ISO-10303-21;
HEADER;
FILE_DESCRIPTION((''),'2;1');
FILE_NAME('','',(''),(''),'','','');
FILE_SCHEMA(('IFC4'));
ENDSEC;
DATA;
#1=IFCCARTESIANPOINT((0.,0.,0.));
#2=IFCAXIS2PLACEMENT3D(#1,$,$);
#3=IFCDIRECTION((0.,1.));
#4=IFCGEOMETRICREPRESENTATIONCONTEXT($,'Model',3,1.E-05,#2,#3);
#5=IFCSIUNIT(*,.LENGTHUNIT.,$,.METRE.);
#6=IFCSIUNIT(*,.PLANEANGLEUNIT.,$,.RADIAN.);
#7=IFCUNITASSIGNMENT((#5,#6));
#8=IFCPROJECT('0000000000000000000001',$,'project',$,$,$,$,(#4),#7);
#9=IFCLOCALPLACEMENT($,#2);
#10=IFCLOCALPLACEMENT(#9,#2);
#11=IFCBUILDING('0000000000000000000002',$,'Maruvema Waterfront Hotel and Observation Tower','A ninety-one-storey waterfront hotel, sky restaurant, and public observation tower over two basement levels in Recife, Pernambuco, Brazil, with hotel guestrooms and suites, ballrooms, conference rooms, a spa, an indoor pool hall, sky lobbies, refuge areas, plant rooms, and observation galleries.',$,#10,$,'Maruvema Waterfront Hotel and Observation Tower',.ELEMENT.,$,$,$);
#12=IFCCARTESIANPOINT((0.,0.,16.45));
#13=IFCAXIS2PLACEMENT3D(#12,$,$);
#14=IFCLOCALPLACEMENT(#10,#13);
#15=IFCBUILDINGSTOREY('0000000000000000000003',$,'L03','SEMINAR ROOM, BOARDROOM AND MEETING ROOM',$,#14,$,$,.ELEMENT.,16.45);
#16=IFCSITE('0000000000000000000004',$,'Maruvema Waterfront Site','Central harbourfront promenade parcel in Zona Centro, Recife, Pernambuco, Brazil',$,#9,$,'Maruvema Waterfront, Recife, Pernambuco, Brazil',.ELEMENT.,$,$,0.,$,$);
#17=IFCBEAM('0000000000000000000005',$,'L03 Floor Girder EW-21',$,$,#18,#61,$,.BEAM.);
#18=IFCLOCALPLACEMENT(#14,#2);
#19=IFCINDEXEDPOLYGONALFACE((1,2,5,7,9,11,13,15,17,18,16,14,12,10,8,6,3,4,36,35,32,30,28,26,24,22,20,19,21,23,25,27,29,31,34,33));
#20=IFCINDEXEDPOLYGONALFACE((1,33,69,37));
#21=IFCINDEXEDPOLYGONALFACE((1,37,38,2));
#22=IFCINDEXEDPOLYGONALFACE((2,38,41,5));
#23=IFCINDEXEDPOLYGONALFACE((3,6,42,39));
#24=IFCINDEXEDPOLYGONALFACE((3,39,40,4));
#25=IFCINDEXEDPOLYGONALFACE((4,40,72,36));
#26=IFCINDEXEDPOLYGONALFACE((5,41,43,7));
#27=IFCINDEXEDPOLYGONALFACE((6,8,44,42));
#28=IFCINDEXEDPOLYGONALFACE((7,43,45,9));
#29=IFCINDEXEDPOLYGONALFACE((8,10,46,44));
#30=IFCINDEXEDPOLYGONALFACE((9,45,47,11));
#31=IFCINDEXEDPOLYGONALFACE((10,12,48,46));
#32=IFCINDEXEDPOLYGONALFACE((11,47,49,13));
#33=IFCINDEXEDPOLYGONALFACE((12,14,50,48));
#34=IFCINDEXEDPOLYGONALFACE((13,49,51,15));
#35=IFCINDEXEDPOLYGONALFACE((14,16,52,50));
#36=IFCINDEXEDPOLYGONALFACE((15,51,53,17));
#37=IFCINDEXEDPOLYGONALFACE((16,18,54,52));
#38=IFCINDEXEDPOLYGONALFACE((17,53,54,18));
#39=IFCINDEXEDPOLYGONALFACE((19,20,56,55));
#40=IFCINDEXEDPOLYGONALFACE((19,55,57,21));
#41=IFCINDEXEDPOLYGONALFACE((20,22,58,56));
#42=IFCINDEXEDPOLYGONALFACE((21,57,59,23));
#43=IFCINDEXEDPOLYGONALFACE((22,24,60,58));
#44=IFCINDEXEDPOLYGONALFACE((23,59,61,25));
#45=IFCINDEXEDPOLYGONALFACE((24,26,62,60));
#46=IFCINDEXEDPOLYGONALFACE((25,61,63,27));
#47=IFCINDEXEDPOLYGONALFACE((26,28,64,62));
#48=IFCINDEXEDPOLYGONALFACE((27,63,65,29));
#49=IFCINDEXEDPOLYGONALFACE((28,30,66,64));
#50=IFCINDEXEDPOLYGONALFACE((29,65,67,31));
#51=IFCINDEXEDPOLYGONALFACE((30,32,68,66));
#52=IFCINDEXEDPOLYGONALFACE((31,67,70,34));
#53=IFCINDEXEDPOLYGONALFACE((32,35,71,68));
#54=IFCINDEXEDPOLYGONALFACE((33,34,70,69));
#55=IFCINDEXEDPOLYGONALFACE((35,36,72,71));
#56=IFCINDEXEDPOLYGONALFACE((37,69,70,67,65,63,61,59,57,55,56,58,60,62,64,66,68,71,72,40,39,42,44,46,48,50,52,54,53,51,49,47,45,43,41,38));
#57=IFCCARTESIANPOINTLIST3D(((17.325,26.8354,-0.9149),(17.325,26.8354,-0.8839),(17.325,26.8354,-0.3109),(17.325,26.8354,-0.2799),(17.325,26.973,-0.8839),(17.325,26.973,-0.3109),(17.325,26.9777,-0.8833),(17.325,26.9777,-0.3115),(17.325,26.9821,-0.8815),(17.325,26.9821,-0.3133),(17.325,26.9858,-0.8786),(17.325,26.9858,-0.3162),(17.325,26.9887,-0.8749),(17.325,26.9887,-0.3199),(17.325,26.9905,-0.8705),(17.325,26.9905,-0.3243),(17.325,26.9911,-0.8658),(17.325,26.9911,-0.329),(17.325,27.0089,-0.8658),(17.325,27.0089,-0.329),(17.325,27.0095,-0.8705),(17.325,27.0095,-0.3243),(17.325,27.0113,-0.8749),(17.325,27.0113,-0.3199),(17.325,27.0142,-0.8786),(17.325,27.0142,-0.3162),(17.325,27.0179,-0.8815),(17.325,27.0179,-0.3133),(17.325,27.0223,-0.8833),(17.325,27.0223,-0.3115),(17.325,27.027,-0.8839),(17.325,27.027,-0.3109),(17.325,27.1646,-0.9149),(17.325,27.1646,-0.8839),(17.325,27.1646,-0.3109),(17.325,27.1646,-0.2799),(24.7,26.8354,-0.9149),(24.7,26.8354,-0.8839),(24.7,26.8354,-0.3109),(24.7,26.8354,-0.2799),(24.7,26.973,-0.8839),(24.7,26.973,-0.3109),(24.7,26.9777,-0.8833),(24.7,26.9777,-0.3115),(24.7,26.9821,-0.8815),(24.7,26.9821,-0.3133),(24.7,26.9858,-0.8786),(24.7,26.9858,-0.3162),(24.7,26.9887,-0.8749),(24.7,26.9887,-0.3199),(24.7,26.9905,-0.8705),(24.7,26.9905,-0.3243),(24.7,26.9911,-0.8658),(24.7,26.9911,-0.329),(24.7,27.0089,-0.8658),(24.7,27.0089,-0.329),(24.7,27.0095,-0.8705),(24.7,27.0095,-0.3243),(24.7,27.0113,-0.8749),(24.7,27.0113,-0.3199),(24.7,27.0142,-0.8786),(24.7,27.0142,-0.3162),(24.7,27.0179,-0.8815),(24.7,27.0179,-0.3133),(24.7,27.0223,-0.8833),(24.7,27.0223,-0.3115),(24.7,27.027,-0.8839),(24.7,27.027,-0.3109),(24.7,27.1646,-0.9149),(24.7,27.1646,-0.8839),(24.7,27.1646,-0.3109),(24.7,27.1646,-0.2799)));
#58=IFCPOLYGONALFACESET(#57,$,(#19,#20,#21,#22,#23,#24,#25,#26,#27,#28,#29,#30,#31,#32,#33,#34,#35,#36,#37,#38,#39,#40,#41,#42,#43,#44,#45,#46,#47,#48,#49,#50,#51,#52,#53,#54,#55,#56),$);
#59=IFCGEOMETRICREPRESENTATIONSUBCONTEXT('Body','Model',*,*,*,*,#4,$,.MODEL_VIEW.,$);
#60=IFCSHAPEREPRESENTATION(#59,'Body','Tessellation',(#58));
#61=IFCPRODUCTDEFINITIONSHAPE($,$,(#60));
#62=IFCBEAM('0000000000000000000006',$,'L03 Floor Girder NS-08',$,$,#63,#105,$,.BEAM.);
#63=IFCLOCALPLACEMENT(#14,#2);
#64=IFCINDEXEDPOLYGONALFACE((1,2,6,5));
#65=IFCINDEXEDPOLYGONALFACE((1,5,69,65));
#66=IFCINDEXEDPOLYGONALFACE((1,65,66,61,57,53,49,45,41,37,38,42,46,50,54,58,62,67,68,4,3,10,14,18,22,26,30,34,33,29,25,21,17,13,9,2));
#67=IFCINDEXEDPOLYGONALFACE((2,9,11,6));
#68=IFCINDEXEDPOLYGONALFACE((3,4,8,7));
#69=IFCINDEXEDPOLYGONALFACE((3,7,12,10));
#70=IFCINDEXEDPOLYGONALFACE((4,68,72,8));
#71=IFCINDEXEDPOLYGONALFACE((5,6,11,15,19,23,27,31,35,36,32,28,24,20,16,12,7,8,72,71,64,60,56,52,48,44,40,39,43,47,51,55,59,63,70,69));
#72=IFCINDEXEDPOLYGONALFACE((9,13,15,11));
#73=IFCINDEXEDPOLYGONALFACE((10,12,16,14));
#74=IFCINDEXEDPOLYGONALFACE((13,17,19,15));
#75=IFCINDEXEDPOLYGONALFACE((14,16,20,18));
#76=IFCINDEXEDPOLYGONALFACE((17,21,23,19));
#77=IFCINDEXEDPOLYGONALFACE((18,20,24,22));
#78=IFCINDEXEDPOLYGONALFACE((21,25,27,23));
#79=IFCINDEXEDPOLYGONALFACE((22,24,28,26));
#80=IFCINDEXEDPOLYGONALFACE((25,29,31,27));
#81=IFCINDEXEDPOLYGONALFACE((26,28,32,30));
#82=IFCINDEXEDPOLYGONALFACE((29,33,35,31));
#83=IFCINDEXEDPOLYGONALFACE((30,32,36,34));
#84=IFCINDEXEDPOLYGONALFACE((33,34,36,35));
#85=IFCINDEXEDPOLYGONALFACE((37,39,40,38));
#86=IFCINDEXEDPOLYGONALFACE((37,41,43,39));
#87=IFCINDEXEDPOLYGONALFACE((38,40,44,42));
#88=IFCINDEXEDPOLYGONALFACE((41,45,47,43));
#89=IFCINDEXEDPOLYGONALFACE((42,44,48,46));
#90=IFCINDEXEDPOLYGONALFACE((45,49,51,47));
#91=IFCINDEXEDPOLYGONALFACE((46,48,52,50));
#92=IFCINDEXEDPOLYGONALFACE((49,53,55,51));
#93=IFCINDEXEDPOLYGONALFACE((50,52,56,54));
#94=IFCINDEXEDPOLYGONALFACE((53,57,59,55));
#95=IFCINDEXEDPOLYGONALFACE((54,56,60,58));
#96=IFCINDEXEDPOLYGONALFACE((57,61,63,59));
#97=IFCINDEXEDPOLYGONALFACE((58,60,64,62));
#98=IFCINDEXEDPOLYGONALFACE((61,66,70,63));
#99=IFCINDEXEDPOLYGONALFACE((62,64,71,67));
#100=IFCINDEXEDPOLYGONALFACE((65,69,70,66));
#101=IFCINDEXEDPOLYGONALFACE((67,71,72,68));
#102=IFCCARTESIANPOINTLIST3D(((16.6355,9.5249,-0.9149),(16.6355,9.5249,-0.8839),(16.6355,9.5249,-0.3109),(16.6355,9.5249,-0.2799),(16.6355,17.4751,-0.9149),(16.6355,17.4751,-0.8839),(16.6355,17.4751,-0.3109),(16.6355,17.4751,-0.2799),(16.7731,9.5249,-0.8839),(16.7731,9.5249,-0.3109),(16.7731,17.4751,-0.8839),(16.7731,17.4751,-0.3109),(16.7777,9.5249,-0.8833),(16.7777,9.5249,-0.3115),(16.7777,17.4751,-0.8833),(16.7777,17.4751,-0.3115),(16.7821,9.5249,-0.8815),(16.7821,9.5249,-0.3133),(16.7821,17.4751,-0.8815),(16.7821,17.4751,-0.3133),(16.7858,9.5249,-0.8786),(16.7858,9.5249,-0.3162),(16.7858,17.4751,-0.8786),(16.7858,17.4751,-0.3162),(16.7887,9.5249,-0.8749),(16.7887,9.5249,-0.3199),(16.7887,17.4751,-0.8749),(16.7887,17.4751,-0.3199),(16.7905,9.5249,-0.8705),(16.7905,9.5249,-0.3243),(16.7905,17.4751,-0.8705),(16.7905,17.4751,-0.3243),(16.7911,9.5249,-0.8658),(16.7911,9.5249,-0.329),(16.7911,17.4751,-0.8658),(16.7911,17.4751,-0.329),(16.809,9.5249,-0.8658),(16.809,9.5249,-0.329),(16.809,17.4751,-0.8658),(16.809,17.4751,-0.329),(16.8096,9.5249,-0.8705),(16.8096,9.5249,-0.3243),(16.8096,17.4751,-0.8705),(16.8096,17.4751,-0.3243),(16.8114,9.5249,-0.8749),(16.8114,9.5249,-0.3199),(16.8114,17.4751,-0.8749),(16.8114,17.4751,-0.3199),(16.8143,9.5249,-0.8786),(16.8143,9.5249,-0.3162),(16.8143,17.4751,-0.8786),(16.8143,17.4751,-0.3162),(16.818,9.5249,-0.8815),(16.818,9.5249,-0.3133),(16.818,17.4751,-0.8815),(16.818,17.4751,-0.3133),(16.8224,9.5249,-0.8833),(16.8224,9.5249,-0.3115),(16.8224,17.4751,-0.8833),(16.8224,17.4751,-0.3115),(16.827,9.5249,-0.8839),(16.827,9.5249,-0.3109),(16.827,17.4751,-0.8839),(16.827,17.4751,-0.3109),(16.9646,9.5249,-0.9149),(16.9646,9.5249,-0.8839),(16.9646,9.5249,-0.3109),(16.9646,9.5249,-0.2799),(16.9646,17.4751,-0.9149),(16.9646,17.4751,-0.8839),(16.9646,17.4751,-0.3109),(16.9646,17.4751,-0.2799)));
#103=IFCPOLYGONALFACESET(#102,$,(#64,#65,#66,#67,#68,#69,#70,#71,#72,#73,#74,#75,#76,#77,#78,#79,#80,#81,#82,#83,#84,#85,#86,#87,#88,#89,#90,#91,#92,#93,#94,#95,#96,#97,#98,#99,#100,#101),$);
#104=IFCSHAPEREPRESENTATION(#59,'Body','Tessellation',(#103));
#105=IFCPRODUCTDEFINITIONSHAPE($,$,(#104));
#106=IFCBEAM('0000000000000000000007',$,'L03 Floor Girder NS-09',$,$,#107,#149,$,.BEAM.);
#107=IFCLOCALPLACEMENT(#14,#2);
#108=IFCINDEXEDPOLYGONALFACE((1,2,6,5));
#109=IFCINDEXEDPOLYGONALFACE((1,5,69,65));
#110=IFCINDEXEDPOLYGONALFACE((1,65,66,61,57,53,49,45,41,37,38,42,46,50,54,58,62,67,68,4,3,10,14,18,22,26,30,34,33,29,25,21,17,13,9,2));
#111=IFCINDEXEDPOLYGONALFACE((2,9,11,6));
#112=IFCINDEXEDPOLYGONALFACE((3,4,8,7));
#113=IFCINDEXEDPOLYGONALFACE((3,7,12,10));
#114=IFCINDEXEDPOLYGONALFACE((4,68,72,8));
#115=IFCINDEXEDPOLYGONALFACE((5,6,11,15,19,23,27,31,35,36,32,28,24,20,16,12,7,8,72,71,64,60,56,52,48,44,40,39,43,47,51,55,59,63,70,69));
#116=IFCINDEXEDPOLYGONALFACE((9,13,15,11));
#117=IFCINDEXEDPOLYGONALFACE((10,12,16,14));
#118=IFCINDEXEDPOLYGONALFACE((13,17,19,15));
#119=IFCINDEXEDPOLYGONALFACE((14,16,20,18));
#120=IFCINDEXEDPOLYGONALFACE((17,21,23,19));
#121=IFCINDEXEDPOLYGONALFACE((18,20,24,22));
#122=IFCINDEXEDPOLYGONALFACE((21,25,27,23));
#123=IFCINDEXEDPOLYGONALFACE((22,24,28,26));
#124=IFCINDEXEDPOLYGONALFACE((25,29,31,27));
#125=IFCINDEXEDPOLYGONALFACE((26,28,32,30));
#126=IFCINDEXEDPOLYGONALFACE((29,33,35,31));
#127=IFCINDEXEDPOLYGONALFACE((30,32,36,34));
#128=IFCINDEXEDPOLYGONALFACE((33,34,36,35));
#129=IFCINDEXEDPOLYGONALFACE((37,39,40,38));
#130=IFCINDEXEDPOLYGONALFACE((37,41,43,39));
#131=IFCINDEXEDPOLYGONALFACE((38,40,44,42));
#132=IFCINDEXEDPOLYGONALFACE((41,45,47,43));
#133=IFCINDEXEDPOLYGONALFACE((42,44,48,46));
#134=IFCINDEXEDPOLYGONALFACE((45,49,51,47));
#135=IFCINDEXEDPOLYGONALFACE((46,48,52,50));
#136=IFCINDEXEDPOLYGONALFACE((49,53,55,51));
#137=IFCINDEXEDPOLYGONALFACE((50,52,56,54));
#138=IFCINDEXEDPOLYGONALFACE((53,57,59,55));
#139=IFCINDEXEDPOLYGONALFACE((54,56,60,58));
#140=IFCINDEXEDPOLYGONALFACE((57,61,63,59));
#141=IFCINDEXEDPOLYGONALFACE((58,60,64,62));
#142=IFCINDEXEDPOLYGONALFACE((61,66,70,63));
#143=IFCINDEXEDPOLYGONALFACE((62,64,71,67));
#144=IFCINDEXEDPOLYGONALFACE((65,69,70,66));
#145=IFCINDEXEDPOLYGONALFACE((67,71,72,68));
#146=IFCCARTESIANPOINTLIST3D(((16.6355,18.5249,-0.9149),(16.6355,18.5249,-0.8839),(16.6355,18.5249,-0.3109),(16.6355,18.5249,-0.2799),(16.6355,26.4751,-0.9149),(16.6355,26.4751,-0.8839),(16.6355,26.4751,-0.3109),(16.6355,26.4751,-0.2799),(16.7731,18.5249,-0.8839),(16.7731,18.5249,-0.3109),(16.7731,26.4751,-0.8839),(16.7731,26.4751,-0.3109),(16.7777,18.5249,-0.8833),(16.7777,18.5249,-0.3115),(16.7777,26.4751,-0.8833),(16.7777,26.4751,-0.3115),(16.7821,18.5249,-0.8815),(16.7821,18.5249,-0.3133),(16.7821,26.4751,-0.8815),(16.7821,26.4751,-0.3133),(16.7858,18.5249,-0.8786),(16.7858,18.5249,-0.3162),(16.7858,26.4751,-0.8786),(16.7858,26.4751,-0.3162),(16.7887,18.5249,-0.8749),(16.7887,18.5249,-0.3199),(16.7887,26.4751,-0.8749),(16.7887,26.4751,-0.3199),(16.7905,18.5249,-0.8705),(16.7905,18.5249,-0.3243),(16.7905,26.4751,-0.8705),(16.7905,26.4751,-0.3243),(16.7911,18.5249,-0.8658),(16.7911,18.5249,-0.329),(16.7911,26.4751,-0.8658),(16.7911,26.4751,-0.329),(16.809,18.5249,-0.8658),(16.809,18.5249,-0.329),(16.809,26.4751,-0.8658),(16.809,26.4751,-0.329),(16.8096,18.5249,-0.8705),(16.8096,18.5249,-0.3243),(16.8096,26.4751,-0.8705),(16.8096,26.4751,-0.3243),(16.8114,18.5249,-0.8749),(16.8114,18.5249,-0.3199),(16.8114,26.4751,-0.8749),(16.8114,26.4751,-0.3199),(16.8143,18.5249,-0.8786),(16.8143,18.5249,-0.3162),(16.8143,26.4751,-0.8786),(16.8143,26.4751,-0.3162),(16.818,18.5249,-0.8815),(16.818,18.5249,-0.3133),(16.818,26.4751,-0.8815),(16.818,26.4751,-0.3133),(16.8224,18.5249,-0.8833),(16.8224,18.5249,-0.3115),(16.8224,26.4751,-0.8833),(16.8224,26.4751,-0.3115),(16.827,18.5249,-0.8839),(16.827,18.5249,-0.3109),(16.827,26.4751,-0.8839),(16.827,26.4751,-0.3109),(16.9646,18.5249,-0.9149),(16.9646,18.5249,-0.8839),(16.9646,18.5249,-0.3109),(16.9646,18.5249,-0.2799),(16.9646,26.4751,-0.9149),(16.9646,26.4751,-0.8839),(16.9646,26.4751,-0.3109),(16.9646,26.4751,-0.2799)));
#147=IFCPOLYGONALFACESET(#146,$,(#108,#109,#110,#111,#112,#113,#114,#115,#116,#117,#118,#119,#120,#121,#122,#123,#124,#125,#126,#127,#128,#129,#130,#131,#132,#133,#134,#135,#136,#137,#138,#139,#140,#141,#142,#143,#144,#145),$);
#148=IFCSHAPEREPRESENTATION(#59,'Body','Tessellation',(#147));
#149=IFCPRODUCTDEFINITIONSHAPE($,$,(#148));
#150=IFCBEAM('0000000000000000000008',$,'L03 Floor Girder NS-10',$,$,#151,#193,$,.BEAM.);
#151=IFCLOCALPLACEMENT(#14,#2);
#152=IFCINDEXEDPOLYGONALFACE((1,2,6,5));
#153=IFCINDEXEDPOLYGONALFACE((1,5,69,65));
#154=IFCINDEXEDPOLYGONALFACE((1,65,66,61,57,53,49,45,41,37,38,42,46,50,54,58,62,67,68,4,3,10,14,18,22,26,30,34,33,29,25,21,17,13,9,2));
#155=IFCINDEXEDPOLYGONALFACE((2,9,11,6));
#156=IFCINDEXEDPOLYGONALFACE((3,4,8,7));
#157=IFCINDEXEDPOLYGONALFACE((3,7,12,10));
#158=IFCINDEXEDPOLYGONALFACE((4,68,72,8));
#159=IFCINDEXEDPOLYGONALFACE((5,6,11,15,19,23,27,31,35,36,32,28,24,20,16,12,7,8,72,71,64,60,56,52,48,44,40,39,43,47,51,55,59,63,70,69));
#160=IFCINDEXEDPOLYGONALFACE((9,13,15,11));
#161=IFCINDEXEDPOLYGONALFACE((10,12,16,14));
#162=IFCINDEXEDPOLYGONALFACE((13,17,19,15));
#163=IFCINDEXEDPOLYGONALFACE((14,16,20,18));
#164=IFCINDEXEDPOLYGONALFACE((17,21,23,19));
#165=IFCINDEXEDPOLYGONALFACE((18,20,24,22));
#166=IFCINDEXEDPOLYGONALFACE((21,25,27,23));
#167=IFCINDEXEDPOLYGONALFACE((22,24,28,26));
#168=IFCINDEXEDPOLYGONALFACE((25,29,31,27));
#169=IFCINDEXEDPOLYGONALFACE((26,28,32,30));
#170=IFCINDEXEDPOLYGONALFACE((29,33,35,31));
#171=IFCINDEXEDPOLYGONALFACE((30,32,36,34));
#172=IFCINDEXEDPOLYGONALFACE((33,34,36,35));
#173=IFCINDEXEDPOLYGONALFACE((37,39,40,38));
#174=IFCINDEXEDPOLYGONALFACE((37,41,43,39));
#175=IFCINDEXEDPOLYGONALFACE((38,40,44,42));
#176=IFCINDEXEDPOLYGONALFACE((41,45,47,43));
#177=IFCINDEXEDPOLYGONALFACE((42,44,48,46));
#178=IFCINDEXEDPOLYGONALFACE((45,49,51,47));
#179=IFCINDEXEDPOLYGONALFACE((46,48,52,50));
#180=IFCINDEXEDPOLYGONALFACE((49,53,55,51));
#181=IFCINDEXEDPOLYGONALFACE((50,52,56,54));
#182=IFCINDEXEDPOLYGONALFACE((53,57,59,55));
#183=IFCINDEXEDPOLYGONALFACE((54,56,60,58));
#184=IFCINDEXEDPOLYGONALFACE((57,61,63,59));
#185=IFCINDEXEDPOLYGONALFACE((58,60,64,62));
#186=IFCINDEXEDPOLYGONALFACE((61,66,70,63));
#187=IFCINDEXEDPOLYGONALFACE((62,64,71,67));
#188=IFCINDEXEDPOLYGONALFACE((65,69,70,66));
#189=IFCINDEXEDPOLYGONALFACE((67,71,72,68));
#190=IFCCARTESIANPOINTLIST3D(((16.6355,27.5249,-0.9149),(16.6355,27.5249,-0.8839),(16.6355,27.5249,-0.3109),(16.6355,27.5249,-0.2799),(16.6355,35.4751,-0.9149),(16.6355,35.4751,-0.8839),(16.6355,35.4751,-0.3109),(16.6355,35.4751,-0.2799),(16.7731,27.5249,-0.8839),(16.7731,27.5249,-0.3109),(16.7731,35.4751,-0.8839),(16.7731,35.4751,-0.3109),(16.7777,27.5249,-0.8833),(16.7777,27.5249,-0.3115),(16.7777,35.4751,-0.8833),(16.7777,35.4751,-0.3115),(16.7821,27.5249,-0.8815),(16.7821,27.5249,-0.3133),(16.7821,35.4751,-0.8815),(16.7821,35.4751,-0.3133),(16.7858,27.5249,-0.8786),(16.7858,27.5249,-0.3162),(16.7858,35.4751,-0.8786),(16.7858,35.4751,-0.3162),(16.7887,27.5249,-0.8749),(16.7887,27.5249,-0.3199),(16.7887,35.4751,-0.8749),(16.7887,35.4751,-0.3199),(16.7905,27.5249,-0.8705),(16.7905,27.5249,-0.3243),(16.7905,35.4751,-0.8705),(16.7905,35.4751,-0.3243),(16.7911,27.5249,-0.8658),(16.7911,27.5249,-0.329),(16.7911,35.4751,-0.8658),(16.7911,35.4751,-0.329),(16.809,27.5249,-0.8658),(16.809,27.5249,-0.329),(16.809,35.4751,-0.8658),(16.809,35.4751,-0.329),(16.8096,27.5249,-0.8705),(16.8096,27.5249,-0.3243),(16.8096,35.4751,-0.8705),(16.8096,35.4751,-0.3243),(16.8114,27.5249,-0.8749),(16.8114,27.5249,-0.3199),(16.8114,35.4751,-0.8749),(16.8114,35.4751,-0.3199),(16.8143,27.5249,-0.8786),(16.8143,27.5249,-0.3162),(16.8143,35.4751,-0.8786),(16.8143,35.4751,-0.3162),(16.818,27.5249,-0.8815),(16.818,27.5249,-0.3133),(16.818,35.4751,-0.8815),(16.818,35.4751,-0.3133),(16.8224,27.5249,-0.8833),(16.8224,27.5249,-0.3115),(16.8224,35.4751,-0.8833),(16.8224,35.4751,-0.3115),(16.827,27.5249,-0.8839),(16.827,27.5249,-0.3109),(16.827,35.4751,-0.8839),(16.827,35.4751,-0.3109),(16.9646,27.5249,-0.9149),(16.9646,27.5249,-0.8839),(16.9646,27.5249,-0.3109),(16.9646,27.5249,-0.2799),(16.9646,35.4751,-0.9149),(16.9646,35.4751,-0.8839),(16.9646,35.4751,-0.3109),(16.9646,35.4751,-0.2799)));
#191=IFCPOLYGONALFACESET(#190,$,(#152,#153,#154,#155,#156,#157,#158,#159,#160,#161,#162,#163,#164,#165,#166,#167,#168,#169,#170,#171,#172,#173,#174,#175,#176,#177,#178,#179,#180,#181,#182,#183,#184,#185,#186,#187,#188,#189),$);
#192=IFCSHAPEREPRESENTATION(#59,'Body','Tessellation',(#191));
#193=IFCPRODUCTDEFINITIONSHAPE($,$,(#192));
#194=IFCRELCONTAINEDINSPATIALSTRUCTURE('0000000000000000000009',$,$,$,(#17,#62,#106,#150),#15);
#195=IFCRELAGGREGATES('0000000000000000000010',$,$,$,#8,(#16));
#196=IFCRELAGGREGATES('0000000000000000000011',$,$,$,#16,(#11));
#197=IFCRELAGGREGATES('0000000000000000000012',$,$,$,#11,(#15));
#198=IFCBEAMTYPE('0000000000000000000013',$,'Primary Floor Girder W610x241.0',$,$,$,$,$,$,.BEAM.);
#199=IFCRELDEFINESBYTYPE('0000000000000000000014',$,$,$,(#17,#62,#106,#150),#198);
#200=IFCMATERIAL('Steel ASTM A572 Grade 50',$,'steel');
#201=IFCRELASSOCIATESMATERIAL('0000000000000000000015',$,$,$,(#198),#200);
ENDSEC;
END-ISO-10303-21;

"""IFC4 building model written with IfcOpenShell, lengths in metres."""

from ifc_helpers import new_model, si_unit, direction, frame, origin, origin_2d, place, context, subcontext, project, spatial, i_section, extrude, material, material_profile, profile_set, type_object, element, save


model = new_model("IFC4")

# Units and contexts
model_context = context("Model", 3, precision=1e-05, world=origin(), true_north=direction((0.0, 1.0)))
body_context = subcontext(model_context, "Body", "Model", "MODEL_VIEW")
ifc_project = project(units=[si_unit("LENGTHUNIT", "METRE"), si_unit("PLANEANGLEUNIT", "RADIAN")], contexts=[model_context])

# Site, building, storey
site_placement = place(None, origin())
site = spatial("IfcSite", under=ifc_project, at=site_placement, Name="Maruvema Waterfront Site", Description="Central harbourfront promenade parcel in Zona Centro, Recife, Pernambuco, Brazil", LongName="Maruvema Waterfront, Recife, Pernambuco, Brazil", CompositionType="ELEMENT", RefElevation=0.0)
building_placement = place(site_placement, origin())
building = spatial("IfcBuilding", under=site, at=building_placement, Name="Maruvema Waterfront Hotel and Observation Tower", Description="A ninety-one-storey waterfront hotel, sky restaurant, and public observation tower over two basement levels in Recife, Pernambuco, Brazil, with hotel guestrooms and suites, ballrooms, conference rooms, a spa, an indoor pool hall, sky lobbies, refuge areas, plant rooms, and observation galleries.", LongName="Maruvema Waterfront Hotel and Observation Tower", CompositionType="ELEMENT")
storey_placement = place(building_placement, frame((0.0, 0.0, 16.45)))
storey = spatial("IfcBuildingStorey", under=building, at=storey_placement, Name="L03", Description="SEMINAR ROOM, BOARDROOM AND MEETING ROOM", CompositionType="ELEMENT", Elevation=16.45)

# Beams
ifc_material_1 = material(Name="Steel ASTM A572 Grade 50", Category="steel")
ifc_material_profile_1 = material_profile(ifc_material_1, i_section(OverallWidth=0.3291, OverallDepth=0.635, WebThickness=0.0178, FlangeThickness=0.031, FilletRadius=0.0181, at=origin_2d()), Name="W610x241.0")
ifc_profile_set_1 = profile_set([ifc_material_profile_1], Name="Steel ASTM A572 Grade 50")
beam_type_1 = type_object("IfcBeamType", Name="Primary Floor Girder W610x241.0", PredefinedType="BEAM", material=ifc_profile_set_1)
beam_1_placement = place(storey_placement, frame((17.325, 27.0, -0.5974), z_axis=(1.0, 0.0, 0.0), x_axis=(0.0, 1.0, 0.0)))
element("IfcBeam", 1, at=beam_1_placement, inside=storey, type_object=beam_type_1, Name="L03 Floor Girder EW-21", PredefinedType="BEAM", context=body_context, shape_type="SweptSolid", body=[
    extrude(i_section(OverallWidth=0.3291, OverallDepth=0.635, WebThickness=0.0178, FlangeThickness=0.031, FilletRadius=0.0181, at=origin_2d()), origin(), (0.0, 0.0, 1.0), 7.375),
])
for number, where, z_axis, x_axis, name in (
    (2, (16.8, 9.5249, -0.5974), (0.0, 1.0, 0.0), (-1.0, 0.0, 0.0), "L03 Floor Girder NS-08"),
    (3, (16.8, 18.5249, -0.5974), (0.0, 1.0, 0.0), (-1.0, 0.0, 0.0), "L03 Floor Girder NS-09"),
    (4, (16.8, 27.5249, -0.5974), (0.0, 1.0, 0.0), (-1.0, 0.0, 0.0), "L03 Floor Girder NS-10"),
):
    element("IfcBeam", number, at=place(storey_placement, frame(where, z_axis=z_axis, x_axis=x_axis)), inside=storey, type_object=beam_type_1, Name=name, PredefinedType="BEAM", context=body_context, shape_type="SweptSolid", body=[
        extrude(i_section(OverallWidth=0.3291, OverallDepth=0.635, WebThickness=0.0178, FlangeThickness=0.031, FilletRadius=0.0181, at=origin_2d()), origin(), (0.0, 0.0, 1.0), 7.9502),
    ])

save(model, "model.ifc")
